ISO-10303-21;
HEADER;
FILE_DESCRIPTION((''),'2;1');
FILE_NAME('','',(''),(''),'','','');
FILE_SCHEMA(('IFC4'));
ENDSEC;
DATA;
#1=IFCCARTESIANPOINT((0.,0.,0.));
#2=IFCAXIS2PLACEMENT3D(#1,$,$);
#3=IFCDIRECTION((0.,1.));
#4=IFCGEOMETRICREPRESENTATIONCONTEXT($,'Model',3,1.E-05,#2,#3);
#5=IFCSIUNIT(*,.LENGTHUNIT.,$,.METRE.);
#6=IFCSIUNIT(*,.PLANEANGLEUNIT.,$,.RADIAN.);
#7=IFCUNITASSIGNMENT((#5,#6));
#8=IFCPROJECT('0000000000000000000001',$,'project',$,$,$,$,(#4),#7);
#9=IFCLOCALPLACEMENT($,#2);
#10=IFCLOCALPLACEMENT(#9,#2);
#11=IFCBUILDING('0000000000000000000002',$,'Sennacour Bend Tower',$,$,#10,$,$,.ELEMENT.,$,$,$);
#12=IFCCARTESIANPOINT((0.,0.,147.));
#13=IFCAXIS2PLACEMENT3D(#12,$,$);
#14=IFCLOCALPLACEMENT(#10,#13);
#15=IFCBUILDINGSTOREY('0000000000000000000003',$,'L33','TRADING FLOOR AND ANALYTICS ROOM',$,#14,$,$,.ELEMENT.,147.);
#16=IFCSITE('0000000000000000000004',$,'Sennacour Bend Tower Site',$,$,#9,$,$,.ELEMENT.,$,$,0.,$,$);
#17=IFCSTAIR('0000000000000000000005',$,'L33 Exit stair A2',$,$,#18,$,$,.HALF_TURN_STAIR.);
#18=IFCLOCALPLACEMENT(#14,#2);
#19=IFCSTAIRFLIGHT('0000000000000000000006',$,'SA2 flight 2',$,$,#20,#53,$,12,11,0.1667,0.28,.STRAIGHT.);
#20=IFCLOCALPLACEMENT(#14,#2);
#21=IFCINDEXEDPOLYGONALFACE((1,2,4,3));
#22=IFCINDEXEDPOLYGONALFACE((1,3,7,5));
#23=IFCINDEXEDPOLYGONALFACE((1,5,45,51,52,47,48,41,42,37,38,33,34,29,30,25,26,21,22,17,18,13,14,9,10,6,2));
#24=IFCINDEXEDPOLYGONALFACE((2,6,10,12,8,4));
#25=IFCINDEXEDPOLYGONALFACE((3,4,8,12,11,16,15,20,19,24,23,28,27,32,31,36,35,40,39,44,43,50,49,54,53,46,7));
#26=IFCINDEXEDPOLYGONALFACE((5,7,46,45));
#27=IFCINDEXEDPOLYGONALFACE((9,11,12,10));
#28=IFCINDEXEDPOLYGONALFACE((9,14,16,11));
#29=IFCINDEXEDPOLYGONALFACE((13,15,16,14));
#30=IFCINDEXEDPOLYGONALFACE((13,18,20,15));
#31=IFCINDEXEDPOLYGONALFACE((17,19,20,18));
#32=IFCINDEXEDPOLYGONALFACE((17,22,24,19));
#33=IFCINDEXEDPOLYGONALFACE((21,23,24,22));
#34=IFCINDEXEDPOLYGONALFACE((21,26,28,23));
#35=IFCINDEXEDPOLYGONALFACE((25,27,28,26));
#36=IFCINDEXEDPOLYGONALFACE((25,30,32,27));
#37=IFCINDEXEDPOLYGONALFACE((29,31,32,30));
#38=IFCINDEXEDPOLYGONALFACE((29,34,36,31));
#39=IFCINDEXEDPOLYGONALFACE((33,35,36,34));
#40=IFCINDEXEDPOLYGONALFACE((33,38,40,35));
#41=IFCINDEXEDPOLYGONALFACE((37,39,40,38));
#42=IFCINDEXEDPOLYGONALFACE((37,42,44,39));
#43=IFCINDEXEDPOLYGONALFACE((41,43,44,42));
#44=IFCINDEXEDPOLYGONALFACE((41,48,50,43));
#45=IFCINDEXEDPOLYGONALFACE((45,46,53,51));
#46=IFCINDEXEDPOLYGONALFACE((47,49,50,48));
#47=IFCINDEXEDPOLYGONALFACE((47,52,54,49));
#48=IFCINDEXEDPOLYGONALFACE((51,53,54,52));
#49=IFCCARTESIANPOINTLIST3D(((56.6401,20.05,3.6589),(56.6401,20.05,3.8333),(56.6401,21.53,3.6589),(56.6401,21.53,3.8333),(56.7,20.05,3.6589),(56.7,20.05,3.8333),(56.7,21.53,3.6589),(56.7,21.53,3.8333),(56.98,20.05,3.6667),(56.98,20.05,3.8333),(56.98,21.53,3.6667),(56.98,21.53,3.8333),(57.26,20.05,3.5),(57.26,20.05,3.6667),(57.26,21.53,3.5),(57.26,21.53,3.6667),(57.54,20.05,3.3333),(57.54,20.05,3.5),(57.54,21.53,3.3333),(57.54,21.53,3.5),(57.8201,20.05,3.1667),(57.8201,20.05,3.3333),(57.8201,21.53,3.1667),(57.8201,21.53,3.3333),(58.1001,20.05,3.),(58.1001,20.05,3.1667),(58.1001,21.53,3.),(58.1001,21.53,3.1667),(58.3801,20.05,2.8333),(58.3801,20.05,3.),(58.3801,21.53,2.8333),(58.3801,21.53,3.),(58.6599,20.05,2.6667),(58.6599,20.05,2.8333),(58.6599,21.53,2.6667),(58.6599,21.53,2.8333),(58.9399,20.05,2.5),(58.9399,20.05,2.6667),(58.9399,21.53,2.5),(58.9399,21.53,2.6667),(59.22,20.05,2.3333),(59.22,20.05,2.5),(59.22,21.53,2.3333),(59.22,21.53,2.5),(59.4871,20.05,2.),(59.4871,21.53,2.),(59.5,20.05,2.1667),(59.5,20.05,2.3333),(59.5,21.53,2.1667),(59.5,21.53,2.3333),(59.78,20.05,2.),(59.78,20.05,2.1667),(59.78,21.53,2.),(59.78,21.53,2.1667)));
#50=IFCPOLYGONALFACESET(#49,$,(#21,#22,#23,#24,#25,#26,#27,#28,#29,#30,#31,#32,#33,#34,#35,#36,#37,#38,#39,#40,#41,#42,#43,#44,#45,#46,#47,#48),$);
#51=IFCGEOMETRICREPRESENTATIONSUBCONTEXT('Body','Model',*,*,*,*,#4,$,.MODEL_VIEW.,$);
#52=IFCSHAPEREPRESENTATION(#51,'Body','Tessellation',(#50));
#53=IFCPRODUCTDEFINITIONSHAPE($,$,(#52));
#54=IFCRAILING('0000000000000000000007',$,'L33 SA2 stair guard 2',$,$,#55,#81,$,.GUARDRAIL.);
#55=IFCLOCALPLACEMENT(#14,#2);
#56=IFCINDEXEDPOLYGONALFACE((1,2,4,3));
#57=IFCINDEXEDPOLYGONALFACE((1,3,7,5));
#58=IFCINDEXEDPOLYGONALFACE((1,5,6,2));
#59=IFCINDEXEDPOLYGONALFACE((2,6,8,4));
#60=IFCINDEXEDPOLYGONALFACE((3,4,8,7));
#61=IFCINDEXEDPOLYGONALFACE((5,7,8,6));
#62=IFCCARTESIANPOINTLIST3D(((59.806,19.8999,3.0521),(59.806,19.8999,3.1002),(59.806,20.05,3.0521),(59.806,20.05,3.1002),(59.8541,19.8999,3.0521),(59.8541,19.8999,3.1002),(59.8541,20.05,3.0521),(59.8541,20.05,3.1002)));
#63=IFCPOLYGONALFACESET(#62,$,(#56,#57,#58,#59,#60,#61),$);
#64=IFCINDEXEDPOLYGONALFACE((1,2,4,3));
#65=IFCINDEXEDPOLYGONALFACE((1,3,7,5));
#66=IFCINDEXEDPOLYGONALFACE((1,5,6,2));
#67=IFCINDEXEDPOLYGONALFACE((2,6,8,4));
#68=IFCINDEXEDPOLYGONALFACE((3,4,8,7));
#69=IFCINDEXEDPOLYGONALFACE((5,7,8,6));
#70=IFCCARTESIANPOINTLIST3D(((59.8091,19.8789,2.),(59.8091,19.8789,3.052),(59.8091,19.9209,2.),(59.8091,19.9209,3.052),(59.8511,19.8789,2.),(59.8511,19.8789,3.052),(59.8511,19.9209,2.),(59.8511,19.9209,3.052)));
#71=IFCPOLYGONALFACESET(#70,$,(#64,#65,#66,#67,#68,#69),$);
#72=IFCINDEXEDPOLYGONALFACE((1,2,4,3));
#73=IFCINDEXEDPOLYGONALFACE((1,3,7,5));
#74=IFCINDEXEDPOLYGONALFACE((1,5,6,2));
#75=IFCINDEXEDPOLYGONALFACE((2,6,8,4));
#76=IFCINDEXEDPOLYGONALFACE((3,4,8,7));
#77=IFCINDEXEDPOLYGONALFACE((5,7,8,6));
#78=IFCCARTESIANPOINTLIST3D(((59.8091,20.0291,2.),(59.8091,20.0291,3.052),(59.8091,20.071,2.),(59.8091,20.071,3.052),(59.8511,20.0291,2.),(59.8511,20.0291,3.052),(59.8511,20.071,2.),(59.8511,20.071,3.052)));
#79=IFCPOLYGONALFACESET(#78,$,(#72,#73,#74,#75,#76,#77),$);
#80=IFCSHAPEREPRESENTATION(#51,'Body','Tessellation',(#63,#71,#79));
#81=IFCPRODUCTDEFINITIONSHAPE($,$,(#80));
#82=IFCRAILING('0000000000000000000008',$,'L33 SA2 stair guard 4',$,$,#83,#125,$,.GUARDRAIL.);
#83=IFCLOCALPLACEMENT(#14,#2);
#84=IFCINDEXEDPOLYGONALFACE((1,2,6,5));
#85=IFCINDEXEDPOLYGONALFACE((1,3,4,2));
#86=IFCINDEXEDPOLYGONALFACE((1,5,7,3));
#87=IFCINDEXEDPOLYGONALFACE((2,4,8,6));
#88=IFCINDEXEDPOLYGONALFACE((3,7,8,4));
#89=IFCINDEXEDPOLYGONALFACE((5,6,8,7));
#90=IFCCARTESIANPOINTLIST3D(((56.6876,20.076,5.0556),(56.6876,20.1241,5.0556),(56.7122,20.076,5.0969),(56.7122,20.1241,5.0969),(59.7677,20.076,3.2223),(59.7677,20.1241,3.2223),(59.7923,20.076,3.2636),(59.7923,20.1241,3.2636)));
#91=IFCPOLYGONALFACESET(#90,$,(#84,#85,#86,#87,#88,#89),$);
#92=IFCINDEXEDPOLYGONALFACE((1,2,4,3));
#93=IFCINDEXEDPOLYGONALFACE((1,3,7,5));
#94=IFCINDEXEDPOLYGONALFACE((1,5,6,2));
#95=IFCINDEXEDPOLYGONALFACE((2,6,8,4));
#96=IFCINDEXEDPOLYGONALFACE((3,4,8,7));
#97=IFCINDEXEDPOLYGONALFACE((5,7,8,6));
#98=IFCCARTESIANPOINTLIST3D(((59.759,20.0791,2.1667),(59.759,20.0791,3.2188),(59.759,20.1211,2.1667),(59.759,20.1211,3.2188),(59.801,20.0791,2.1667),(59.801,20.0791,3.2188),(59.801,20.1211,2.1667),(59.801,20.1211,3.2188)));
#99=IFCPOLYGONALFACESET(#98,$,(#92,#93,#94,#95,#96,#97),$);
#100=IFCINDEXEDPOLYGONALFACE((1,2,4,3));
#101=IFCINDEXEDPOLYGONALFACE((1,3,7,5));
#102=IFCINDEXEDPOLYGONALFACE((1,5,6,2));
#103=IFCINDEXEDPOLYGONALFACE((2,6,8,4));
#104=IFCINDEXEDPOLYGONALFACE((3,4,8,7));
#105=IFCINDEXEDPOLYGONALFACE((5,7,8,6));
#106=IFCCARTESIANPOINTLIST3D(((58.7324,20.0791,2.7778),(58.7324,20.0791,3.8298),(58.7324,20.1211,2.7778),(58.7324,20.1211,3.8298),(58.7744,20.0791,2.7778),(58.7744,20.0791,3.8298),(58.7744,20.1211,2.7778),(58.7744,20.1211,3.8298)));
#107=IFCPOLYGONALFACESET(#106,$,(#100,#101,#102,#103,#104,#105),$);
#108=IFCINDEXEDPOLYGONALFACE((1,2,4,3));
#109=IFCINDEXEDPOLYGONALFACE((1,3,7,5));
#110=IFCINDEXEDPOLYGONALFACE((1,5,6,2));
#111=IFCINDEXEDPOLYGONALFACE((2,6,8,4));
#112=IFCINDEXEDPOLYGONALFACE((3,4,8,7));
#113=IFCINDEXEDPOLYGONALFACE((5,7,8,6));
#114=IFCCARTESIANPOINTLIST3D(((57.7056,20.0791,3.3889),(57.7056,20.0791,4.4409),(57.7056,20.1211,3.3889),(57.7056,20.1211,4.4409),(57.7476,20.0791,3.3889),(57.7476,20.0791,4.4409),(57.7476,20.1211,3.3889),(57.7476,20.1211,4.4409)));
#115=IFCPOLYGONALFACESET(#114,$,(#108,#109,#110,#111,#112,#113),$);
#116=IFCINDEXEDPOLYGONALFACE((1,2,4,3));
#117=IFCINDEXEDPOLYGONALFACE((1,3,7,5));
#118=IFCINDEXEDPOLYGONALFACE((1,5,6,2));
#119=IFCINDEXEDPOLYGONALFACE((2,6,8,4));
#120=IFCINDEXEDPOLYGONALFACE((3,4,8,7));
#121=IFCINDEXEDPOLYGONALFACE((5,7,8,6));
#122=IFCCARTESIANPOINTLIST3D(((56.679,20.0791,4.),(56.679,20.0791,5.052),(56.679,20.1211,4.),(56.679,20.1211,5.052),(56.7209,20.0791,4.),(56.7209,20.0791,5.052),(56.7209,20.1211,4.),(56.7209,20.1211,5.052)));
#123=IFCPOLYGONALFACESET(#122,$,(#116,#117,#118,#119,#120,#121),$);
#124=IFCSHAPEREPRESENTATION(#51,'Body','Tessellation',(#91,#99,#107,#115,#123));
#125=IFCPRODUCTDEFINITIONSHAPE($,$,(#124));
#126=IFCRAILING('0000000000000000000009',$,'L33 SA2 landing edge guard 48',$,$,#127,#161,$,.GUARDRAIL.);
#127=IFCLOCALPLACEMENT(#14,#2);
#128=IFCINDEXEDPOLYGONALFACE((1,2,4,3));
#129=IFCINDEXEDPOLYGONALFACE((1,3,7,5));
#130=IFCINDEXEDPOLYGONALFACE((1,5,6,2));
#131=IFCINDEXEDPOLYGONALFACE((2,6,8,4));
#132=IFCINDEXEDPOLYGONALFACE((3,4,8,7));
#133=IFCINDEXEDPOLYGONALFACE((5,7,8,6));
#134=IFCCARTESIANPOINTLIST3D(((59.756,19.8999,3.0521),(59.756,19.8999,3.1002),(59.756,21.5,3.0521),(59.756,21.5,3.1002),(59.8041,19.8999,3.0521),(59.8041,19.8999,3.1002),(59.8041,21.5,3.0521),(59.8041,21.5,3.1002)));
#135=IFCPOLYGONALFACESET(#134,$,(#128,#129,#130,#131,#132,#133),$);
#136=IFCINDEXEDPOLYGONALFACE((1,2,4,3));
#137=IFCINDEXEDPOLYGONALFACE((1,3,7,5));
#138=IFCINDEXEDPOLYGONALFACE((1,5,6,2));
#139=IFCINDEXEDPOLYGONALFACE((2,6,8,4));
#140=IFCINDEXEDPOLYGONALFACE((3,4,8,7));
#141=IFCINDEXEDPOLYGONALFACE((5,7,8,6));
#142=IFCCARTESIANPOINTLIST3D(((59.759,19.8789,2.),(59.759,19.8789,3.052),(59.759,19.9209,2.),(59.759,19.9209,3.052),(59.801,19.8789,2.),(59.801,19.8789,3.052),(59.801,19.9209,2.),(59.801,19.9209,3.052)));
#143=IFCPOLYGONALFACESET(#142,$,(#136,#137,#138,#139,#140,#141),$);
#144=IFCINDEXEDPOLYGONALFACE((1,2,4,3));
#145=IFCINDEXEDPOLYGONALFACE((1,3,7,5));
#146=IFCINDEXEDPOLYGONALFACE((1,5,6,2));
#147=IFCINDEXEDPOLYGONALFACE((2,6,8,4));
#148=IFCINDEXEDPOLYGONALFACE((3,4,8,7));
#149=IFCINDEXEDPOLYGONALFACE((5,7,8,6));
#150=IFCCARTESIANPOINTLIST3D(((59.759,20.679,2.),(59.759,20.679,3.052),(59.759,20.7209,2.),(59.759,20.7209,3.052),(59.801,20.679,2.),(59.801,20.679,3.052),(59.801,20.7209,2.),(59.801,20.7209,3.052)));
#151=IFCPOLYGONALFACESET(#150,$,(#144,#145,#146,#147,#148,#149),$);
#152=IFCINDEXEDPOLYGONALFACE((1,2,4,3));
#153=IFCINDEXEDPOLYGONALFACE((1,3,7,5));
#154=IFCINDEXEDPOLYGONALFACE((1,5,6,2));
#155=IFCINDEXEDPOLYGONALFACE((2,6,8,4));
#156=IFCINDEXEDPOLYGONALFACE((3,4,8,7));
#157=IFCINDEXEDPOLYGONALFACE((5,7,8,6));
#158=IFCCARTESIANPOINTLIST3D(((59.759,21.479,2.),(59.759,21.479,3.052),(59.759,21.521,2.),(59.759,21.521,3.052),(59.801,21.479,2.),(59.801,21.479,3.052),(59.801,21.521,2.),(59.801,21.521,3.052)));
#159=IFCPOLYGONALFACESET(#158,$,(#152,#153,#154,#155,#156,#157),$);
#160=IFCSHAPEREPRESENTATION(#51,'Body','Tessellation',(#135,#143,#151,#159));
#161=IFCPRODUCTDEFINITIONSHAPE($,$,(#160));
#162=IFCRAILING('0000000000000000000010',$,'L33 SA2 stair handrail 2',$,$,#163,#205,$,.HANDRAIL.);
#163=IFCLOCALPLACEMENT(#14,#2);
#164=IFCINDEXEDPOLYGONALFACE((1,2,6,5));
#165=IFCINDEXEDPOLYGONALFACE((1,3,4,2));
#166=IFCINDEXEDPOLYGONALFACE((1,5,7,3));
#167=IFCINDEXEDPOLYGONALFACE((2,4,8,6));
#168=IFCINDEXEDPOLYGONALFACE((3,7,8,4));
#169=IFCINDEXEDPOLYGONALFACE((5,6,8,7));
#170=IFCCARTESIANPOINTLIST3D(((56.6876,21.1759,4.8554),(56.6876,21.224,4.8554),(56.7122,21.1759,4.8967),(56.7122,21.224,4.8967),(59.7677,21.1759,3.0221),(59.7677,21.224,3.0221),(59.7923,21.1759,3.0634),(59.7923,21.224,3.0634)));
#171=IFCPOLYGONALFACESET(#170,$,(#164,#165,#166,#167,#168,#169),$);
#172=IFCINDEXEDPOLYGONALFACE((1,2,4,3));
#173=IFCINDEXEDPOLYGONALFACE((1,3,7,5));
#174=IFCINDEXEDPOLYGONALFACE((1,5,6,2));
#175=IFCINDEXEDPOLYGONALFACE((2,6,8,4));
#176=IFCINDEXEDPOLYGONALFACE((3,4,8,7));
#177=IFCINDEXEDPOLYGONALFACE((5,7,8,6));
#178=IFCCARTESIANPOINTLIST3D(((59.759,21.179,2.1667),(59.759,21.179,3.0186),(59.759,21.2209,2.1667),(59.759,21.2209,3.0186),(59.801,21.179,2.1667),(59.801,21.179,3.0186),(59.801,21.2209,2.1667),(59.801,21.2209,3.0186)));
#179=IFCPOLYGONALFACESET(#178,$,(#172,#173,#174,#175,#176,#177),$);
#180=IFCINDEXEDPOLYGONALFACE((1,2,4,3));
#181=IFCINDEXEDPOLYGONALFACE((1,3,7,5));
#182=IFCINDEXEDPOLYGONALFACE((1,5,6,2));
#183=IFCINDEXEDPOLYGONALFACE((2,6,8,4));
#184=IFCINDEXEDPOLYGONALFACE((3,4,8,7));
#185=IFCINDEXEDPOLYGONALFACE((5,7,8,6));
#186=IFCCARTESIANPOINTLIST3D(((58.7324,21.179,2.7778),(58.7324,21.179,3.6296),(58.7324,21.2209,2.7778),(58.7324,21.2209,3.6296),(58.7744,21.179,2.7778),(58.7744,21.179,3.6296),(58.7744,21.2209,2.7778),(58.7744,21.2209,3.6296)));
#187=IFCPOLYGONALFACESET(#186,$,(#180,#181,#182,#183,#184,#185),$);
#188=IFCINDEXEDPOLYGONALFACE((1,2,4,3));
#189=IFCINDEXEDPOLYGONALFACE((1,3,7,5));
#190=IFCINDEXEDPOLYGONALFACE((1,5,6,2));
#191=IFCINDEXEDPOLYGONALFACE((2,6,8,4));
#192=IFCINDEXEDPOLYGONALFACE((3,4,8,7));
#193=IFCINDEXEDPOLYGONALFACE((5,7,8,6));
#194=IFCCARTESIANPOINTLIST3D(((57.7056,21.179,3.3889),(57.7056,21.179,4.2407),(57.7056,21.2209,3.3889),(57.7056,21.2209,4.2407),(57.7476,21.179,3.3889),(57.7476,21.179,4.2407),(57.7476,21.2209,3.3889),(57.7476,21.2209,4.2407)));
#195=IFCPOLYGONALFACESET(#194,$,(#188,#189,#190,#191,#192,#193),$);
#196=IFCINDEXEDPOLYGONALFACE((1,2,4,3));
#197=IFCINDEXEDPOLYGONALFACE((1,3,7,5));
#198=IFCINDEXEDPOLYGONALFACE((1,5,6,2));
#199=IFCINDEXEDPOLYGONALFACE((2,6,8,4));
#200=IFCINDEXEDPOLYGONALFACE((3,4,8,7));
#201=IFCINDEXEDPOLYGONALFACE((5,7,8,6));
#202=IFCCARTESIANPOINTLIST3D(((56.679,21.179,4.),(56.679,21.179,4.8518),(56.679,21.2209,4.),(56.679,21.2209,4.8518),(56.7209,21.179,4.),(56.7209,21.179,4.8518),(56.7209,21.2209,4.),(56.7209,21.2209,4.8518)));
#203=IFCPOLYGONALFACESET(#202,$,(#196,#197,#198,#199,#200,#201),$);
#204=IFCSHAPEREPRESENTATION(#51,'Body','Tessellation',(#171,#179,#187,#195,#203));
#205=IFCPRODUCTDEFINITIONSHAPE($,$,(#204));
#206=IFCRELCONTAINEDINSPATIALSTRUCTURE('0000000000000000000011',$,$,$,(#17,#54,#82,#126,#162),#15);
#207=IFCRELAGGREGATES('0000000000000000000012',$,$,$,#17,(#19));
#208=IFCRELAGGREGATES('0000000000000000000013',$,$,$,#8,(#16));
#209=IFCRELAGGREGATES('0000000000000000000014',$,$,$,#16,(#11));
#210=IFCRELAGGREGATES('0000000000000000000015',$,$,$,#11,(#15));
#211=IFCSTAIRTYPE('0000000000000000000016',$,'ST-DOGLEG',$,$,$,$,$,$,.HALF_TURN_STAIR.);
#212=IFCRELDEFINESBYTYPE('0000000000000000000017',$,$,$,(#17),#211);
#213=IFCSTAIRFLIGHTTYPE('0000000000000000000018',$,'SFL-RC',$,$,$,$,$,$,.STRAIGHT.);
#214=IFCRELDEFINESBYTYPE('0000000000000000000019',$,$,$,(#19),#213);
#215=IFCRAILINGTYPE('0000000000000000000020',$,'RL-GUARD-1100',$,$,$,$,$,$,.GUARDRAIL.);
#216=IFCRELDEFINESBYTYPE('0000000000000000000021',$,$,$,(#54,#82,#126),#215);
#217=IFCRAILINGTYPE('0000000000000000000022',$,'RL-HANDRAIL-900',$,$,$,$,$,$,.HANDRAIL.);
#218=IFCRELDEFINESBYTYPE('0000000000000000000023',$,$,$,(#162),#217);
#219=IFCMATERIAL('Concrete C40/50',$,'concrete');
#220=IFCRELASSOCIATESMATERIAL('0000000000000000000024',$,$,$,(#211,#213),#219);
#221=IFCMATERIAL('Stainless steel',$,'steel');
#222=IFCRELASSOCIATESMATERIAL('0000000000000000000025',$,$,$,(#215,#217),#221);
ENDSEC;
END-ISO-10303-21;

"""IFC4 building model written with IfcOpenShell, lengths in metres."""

from ifc_helpers import new_model, si_unit, direction, frame, origin, origin_2d, place, context, subcontext, project, spatial, polyline, rectangle, outline, extrude, material, type_object, element, aggregate, save


model = new_model("IFC4")

# Units and contexts
model_context = context("Model", 3, precision=1e-05, world=origin(), true_north=direction((0.0, 1.0)))
body_context = subcontext(model_context, "Body", "Model", "MODEL_VIEW")
ifc_project = project(units=[si_unit("LENGTHUNIT", "METRE"), si_unit("PLANEANGLEUNIT", "RADIAN")], contexts=[model_context])

# Site, building, storey
site_placement = place(None, origin())
site = spatial("IfcSite", under=ifc_project, at=site_placement, Name="Sennacour Bend Tower Site", CompositionType="ELEMENT", RefElevation=0.0)
building_placement = place(site_placement, origin())
building = spatial("IfcBuilding", under=site, at=building_placement, Name="Sennacour Bend Tower", CompositionType="ELEMENT")
storey_placement = place(building_placement, frame((0.0, 0.0, 147.0)))
storey = spatial("IfcBuildingStorey", under=building, at=storey_placement, Name="L33", Description="TRADING FLOOR AND ANALYTICS ROOM", CompositionType="ELEMENT", Elevation=147.0)

# Shared definitions
ifc_material_1 = material(Name="Stainless steel", Category="steel")

# Stair, stair flight
ifc_material_2 = material(Name="Concrete C40/50", Category="concrete")
stair_type = type_object("IfcStairType", Name="ST-DOGLEG", PredefinedType="HALF_TURN_STAIR", material=ifc_material_2)
stair_placement = place(storey_placement, origin())
stair = element("IfcStair", 1, at=stair_placement, inside=storey, type_object=stair_type, Name="L33 Exit stair A2", PredefinedType="HALF_TURN_STAIR")
stair_flight_type = type_object("IfcStairFlightType", Name="SFL-RC", PredefinedType="STRAIGHT", material=ifc_material_2)
stair_flight_placement = place(storey_placement, frame((59.78, 20.79, 2.0), z_axis=(0.0, 0.0, 1.0), x_axis=(-1.0, 0.0, 0.0)))
stair_flight = element("IfcStairFlight", 2, at=stair_flight_placement, type_object=stair_flight_type, Name="SA2 flight 2", NumberOfRisers=12, NumberOfTreads=11, PredefinedType="STRAIGHT", RiserHeight=0.1667, TreadLength=0.28, context=body_context, shape_type="SweptSolid", body=[
    extrude(outline(polyline([(0.0, 0.0), (0.0, 0.1667), (0.28, 0.1667), (0.28, 0.3333), (0.5601, 0.3333), (0.5601, 0.5), (0.8401, 0.5), (0.8401, 0.6667), (1.1201, 0.6667), (1.1201, 0.8333), (1.3999, 0.8333), (1.3999, 1.0), (1.6799, 1.0), (1.6799, 1.1667), (1.96, 1.1667), (1.96, 1.3333), (2.24, 1.3333), (2.24, 1.5), (2.52, 1.5), (2.52, 1.6667), (2.8, 1.6667), (2.8, 1.8333), (3.0801, 1.8333), (3.1399, 1.8333), (3.1399, 1.6589), (3.0801, 1.6589), (0.293, 0.0), (0.0, 0.0)])), frame((0.0, 0.74, 0.0), z_axis=(0.0, -1.0, 0.0), x_axis=(1.0, 0.0, 0.0)), (0.0, 0.0, 1.0), 1.48),
])
aggregate(stair, [stair_flight])

# Railings
railing_type_1 = type_object("IfcRailingType", Name="RL-GUARD-1100", PredefinedType="GUARDRAIL", material=ifc_material_1)
railing_1_placement = place(storey_placement, frame((59.8301, 19.8999, 2.0)))
element("IfcRailing", 3, at=railing_1_placement, inside=storey, type_object=railing_type_1, Name="L33 SA2 stair guard 2", PredefinedType="GUARDRAIL", context=body_context, shape_type="SweptSolid", body=[
    extrude(rectangle(XDim=0.0481, YDim=0.0481, at=origin_2d()), frame((0.0, 0.0, 1.0762), z_axis=(0.0, 1.0, 0.0), x_axis=(-1.0, 0.0, 0.0)), (0.0, 0.0, 1.0), 0.1501),
    extrude(rectangle(XDim=0.042, YDim=0.042, at=origin_2d()), origin(), (0.0, 0.0, 1.0), 1.052),
    extrude(rectangle(XDim=0.042, YDim=0.042, at=origin_2d()), frame((0.0, 0.1501, 0.0)), (0.0, 0.0, 1.0), 1.052),
])
railing_2_placement = place(storey_placement, frame((59.78, 20.1001, 2.1667)))
element("IfcRailing", 4, at=railing_2_placement, inside=storey, type_object=railing_type_1, Name="L33 SA2 stair guard 4", PredefinedType="GUARDRAIL", context=body_context, shape_type="SweptSolid", body=[
    extrude(rectangle(XDim=0.0481, YDim=0.0481, at=origin_2d()), frame((0.0, 0.0, 1.0762), z_axis=(-0.859309, 0.0, 0.511458), x_axis=(0.0, -1.0, 0.0)), (0.0, 0.0, 1.0), 3.5845),
    extrude(rectangle(XDim=0.042, YDim=0.042, at=origin_2d()), origin(), (0.0, 0.0, 1.0), 1.052),
    extrude(rectangle(XDim=0.042, YDim=0.042, at=origin_2d()), frame((-1.0266, 0.0, 0.6111)), (0.0, 0.0, 1.0), 1.052),
    extrude(rectangle(XDim=0.042, YDim=0.042, at=origin_2d()), frame((-2.0535, 0.0, 1.2222)), (0.0, 0.0, 1.0), 1.052),
    extrude(rectangle(XDim=0.042, YDim=0.042, at=origin_2d()), frame((-3.0801, 0.0, 1.8333)), (0.0, 0.0, 1.0), 1.052),
])
railing_3_placement = place(storey_placement, frame((59.78, 19.8999, 2.0)))
element("IfcRailing", 5, at=railing_3_placement, inside=storey, type_object=railing_type_1, Name="L33 SA2 landing edge guard 48", PredefinedType="GUARDRAIL", context=body_context, shape_type="SweptSolid", body=[
    extrude(rectangle(XDim=0.0481, YDim=0.0481, at=origin_2d()), frame((0.0, 0.0, 1.0762), z_axis=(0.0, 1.0, 0.0), x_axis=(-1.0, 0.0, 0.0)), (0.0, 0.0, 1.0), 1.6001),
    extrude(rectangle(XDim=0.042, YDim=0.042, at=origin_2d()), origin(), (0.0, 0.0, 1.0), 1.052),
    extrude(rectangle(XDim=0.042, YDim=0.042, at=origin_2d()), frame((0.0, 0.8, 0.0)), (0.0, 0.0, 1.0), 1.052),
    extrude(rectangle(XDim=0.042, YDim=0.042, at=origin_2d()), frame((0.0, 1.6001, 0.0)), (0.0, 0.0, 1.0), 1.052),
])
railing_type_2 = type_object("IfcRailingType", Name="RL-HANDRAIL-900", PredefinedType="HANDRAIL", material=ifc_material_1)
railing_4_placement = place(storey_placement, frame((59.78, 21.2, 2.1667)))
element("IfcRailing", 6, at=railing_4_placement, inside=storey, type_object=railing_type_2, Name="L33 SA2 stair handrail 2", PredefinedType="HANDRAIL", context=body_context, shape_type="SweptSolid", body=[
    extrude(rectangle(XDim=0.0481, YDim=0.0481, at=origin_2d()), frame((0.0, 0.0, 0.876), z_axis=(-0.859309, 0.0, 0.511458), x_axis=(0.0, -1.0, 0.0)), (0.0, 0.0, 1.0), 3.5845),
    extrude(rectangle(XDim=0.042, YDim=0.042, at=origin_2d()), origin(), (0.0, 0.0, 1.0), 0.8518),
    extrude(rectangle(XDim=0.042, YDim=0.042, at=origin_2d()), frame((-1.0266, 0.0, 0.6111)), (0.0, 0.0, 1.0), 0.8518),
    extrude(rectangle(XDim=0.042, YDim=0.042, at=origin_2d()), frame((-2.0535, 0.0, 1.2222)), (0.0, 0.0, 1.0), 0.8518),
    extrude(rectangle(XDim=0.042, YDim=0.042, at=origin_2d()), frame((-3.0801, 0.0, 1.8333)), (0.0, 0.0, 1.0), 0.8518),
])

save(model, "model.ifc")
